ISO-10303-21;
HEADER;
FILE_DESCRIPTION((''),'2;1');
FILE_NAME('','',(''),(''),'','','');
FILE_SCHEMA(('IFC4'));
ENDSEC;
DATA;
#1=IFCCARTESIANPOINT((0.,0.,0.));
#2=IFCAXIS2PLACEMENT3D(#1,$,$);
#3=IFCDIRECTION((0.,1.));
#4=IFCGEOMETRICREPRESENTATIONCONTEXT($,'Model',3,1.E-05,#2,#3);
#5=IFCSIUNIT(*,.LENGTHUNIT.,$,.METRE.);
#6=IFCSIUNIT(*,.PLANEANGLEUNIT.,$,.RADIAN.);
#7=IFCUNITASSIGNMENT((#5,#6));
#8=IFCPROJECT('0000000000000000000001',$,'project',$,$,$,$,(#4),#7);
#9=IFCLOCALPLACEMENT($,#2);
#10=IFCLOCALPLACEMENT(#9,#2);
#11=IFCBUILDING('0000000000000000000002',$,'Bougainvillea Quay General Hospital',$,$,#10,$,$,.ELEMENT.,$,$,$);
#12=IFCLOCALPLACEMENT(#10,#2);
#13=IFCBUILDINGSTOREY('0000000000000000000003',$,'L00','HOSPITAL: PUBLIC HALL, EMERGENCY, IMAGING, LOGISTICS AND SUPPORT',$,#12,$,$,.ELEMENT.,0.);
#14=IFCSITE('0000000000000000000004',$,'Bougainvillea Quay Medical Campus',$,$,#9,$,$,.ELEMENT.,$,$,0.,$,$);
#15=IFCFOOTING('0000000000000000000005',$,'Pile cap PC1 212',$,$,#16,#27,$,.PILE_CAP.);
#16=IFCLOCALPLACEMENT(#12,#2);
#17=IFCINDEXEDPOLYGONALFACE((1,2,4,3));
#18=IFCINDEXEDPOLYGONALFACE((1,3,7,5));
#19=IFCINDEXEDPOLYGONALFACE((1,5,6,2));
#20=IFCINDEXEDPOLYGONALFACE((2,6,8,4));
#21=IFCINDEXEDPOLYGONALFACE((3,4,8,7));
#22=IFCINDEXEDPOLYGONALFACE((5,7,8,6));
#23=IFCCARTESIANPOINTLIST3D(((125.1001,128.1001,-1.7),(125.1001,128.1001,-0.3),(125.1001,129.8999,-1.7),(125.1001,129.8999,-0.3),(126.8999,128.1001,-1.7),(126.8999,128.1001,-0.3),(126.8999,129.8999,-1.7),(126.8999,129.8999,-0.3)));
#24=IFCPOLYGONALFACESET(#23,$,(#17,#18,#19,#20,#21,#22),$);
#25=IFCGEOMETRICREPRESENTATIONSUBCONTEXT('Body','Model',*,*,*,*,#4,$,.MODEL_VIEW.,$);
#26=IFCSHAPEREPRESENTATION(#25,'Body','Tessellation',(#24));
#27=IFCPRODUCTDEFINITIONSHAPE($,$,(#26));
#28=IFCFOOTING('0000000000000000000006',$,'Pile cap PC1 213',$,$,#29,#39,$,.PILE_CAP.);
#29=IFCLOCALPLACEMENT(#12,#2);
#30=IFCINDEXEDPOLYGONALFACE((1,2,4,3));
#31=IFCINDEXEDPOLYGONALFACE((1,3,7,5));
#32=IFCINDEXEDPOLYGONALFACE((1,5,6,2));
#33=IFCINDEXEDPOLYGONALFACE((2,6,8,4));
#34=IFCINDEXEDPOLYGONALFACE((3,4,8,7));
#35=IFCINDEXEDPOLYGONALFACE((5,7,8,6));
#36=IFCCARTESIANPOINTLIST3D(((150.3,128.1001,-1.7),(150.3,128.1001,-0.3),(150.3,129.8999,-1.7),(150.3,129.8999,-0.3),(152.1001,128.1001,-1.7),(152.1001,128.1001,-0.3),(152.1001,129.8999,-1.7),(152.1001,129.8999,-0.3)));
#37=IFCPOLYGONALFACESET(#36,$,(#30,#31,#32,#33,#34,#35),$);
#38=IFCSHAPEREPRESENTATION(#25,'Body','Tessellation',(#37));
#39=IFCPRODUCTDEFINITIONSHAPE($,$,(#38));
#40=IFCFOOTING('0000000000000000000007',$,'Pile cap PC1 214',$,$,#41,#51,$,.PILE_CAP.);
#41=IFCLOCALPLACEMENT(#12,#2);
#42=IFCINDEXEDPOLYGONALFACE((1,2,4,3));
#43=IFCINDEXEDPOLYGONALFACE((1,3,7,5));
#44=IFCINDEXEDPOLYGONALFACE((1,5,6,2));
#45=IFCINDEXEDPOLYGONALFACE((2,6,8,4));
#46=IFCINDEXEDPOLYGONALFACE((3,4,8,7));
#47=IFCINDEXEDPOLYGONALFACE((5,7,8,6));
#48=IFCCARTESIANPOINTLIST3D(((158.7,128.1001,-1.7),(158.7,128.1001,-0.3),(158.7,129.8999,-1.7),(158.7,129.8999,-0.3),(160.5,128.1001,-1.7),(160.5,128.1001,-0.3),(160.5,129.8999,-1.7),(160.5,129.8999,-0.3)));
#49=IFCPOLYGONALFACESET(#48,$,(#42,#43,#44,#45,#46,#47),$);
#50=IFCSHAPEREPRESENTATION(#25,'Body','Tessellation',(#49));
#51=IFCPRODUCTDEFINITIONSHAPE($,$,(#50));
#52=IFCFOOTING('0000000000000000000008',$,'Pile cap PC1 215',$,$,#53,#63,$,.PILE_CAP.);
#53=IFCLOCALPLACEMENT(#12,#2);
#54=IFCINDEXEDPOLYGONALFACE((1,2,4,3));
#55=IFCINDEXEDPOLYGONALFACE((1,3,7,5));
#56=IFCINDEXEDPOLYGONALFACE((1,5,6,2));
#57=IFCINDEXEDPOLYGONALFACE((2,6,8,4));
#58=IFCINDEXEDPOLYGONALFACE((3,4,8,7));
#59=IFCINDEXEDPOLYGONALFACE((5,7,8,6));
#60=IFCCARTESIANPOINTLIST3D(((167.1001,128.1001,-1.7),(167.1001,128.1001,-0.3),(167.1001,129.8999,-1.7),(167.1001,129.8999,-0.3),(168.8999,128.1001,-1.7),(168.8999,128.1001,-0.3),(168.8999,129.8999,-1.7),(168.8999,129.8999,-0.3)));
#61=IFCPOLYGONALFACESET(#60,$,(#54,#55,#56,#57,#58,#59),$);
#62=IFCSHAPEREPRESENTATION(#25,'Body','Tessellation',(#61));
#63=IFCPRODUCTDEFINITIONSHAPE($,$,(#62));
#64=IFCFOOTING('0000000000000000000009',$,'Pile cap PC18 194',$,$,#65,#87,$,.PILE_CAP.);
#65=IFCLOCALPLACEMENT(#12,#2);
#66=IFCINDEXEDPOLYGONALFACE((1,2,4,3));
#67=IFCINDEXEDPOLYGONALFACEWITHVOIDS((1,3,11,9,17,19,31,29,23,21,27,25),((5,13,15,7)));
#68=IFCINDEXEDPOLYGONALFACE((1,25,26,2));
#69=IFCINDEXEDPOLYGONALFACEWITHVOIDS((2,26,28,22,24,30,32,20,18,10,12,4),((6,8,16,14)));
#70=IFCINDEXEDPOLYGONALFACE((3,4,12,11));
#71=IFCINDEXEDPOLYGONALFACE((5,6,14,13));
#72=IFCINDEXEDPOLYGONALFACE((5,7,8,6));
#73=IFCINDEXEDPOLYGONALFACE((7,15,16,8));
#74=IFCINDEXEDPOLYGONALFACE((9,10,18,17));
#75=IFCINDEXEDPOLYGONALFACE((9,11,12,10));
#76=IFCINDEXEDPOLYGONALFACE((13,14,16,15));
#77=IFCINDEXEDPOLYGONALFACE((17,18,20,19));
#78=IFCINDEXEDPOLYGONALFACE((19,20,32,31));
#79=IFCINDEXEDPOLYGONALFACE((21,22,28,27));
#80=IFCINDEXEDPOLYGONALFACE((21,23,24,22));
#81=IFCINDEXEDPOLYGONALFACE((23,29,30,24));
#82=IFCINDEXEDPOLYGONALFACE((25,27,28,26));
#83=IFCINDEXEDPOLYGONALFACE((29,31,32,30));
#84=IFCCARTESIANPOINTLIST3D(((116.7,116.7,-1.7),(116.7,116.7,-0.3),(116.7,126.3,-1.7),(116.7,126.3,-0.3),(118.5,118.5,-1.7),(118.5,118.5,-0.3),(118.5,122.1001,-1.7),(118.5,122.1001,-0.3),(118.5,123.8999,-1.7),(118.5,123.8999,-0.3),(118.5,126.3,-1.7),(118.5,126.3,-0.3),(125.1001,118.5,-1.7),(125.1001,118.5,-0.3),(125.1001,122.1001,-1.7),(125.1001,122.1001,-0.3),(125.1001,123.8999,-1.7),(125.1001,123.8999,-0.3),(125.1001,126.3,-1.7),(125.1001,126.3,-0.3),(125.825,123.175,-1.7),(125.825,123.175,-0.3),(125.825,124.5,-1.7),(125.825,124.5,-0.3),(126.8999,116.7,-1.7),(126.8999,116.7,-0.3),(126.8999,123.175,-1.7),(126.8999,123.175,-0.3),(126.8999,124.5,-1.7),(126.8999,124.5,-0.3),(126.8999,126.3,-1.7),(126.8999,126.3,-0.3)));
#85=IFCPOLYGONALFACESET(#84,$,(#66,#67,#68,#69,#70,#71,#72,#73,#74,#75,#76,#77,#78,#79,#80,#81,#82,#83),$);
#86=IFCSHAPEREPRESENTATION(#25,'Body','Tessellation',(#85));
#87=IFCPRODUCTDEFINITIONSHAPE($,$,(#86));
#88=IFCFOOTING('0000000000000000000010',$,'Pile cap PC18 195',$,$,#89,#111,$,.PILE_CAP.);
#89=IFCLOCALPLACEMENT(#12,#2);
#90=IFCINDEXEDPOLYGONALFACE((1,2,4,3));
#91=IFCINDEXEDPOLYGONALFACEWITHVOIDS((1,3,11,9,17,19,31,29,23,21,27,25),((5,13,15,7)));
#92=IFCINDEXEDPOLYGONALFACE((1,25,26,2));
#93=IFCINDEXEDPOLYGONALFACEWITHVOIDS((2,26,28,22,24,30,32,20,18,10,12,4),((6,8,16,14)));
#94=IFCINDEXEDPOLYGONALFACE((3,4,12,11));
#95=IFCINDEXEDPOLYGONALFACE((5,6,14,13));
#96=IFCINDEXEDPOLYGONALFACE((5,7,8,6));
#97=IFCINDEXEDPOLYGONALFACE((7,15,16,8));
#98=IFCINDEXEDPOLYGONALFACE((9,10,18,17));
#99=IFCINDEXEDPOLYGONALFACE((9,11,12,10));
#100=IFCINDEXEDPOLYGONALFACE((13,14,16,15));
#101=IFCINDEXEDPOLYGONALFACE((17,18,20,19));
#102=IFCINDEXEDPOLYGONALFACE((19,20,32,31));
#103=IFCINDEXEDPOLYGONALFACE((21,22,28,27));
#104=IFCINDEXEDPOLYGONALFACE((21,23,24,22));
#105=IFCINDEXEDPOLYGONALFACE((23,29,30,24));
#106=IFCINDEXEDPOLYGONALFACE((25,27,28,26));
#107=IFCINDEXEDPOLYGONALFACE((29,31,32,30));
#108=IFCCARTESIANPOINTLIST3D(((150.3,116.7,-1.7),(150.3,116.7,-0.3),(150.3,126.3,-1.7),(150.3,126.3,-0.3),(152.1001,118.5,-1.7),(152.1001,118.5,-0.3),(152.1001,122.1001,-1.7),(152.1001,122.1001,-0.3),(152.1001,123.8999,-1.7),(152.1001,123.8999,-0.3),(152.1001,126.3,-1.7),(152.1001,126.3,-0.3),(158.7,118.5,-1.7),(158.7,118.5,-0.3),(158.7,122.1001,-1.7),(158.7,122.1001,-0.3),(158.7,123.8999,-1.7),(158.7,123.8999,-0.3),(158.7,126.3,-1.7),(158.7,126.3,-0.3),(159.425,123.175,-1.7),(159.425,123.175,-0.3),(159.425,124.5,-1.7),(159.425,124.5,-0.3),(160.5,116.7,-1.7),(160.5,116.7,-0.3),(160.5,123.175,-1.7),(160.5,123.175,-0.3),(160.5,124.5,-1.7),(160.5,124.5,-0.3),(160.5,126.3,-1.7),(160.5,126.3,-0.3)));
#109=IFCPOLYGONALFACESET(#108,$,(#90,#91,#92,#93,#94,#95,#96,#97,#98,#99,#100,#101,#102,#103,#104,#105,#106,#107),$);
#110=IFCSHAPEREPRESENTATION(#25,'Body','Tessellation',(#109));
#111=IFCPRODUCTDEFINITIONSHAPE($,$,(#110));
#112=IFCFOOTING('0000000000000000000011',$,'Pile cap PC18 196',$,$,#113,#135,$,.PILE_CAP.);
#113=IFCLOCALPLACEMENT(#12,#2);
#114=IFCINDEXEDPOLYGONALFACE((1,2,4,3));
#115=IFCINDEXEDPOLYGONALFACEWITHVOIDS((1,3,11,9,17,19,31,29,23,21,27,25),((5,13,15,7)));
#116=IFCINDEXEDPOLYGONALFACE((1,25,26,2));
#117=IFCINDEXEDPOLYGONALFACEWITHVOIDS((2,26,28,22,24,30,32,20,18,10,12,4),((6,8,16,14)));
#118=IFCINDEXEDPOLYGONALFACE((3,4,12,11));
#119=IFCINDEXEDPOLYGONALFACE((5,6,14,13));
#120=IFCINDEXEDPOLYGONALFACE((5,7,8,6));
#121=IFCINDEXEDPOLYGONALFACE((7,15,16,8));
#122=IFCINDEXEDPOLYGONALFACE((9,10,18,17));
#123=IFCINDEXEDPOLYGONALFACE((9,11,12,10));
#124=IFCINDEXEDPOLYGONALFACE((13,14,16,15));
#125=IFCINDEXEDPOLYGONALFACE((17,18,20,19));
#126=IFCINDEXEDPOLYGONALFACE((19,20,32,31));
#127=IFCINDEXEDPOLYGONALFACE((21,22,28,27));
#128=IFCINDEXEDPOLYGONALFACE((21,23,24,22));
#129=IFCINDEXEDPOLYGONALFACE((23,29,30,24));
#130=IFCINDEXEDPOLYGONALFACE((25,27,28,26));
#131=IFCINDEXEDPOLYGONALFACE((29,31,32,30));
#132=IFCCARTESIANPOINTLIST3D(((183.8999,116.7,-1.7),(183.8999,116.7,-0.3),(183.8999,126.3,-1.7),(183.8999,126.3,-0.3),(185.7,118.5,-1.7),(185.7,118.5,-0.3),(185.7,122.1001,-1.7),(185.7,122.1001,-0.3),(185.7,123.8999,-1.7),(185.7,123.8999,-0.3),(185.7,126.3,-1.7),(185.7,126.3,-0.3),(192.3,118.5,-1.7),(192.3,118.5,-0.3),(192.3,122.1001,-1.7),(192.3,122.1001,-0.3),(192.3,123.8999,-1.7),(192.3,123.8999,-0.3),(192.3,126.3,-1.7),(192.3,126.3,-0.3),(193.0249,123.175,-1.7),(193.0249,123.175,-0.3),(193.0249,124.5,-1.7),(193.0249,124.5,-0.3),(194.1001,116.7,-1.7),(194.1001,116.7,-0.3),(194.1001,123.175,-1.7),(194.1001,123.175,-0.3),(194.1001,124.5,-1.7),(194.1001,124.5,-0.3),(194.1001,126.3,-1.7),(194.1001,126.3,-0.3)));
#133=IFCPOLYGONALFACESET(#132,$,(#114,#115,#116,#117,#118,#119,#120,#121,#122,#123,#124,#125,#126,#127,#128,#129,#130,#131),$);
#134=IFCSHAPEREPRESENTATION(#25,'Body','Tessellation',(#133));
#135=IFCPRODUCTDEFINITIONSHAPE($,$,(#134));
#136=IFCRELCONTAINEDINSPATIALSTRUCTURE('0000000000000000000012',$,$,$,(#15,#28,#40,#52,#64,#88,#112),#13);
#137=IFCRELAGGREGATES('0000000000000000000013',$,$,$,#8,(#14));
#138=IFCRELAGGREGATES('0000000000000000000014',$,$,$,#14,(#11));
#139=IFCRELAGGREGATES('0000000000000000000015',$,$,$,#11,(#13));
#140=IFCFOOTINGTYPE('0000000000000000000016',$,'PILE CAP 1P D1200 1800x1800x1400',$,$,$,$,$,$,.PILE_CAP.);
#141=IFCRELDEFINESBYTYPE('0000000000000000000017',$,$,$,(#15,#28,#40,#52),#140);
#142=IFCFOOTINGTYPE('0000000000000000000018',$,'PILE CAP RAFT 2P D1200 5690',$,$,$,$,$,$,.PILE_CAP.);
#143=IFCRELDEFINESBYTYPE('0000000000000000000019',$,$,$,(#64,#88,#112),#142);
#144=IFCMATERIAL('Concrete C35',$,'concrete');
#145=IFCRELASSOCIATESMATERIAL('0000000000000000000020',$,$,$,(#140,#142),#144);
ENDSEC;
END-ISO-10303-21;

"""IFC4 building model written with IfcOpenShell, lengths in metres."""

from ifc_helpers import new_model, si_unit, direction, frame, origin, place, context, subcontext, project, spatial, polyline, outline, extrude, material, type_object, element, save


model = new_model("IFC4")

# Units and contexts
model_context = context("Model", 3, precision=1e-05, world=origin(), true_north=direction((0.0, 1.0)))
body_context = subcontext(model_context, "Body", "Model", "MODEL_VIEW")
ifc_project = project(units=[si_unit("LENGTHUNIT", "METRE"), si_unit("PLANEANGLEUNIT", "RADIAN")], contexts=[model_context])

# Site, building, storey
site_placement = place(None, origin())
site = spatial("IfcSite", under=ifc_project, at=site_placement, Name="Bougainvillea Quay Medical Campus", CompositionType="ELEMENT", RefElevation=0.0)
building_placement = place(site_placement, origin())
building = spatial("IfcBuilding", under=site, at=building_placement, Name="Bougainvillea Quay General Hospital", CompositionType="ELEMENT")
storey_placement = place(building_placement, origin())
storey = spatial("IfcBuildingStorey", under=building, at=storey_placement, Name="L00", Description="HOSPITAL: PUBLIC HALL, EMERGENCY, IMAGING, LOGISTICS AND SUPPORT", CompositionType="ELEMENT", Elevation=0.0)

# Footings
ifc_material = material(Name="Concrete C35", Category="concrete")
footing_type_1 = type_object("IfcFootingType", Name="PILE CAP 1P D1200 1800x1800x1400", PredefinedType="PILE_CAP", material=ifc_material)
footing_1_placement = place(storey_placement, frame((0.0, 0.0, -1.7)))
element("IfcFooting", 1, at=footing_1_placement, inside=storey, type_object=footing_type_1, Name="Pile cap PC1 212", PredefinedType="PILE_CAP", context=body_context, shape_type="SweptSolid", body=[
    extrude(outline(polyline([(125.1001, 128.1001), (126.8999, 128.1001), (126.8999, 129.8999), (125.1001, 129.8999), (125.1001, 128.1001)])), origin(), (0.0, 0.0, 1.0), 1.3999),
])
footing_2_placement = place(storey_placement, frame((0.0, 0.0, -1.7)))
element("IfcFooting", 2, at=footing_2_placement, inside=storey, type_object=footing_type_1, Name="Pile cap PC1 213", PredefinedType="PILE_CAP", context=body_context, shape_type="SweptSolid", body=[
    extrude(outline(polyline([(150.3, 128.1001), (152.1001, 128.1001), (152.1001, 129.8999), (150.3, 129.8999), (150.3, 128.1001)])), origin(), (0.0, 0.0, 1.0), 1.3999),
])
footing_3_placement = place(storey_placement, frame((0.0, 0.0, -1.7)))
element("IfcFooting", 3, at=footing_3_placement, inside=storey, type_object=footing_type_1, Name="Pile cap PC1 214", PredefinedType="PILE_CAP", context=body_context, shape_type="SweptSolid", body=[
    extrude(outline(polyline([(158.7, 128.1001), (160.5, 128.1001), (160.5, 129.8999), (158.7, 129.8999), (158.7, 128.1001)])), origin(), (0.0, 0.0, 1.0), 1.3999),
])
footing_4_placement = place(storey_placement, frame((0.0, 0.0, -1.7)))
element("IfcFooting", 4, at=footing_4_placement, inside=storey, type_object=footing_type_1, Name="Pile cap PC1 215", PredefinedType="PILE_CAP", context=body_context, shape_type="SweptSolid", body=[
    extrude(outline(polyline([(167.1001, 128.1001), (168.8999, 128.1001), (168.8999, 129.8999), (167.1001, 129.8999), (167.1001, 128.1001)])), origin(), (0.0, 0.0, 1.0), 1.3999),
])
footing_type_2 = type_object("IfcFootingType", Name="PILE CAP RAFT 2P D1200 5690", PredefinedType="PILE_CAP", material=ifc_material)
footing_5_placement = place(storey_placement, frame((0.0, 0.0, -1.7)))
element("IfcFooting", 5, at=footing_5_placement, inside=storey, type_object=footing_type_2, Name="Pile cap PC18 194", PredefinedType="PILE_CAP", context=body_context, shape_type="SweptSolid", body=[
    extrude(outline(polyline([(126.8999, 116.7), (116.7, 116.7), (116.7, 126.3), (118.5, 126.3), (118.5, 123.8999), (125.1001, 123.8999), (125.1001, 126.3), (126.8999, 126.3), (126.8999, 124.5), (125.825, 124.5), (125.825, 123.175), (126.8999, 123.175), (126.8999, 116.7)]), holes=[polyline([(125.1001, 122.1001), (118.5, 122.1001), (118.5, 118.5), (125.1001, 118.5), (125.1001, 122.1001)])]), origin(), (0.0, 0.0, 1.0), 1.3999),
])
footing_6_placement = place(storey_placement, frame((0.0, 0.0, -1.7)))
element("IfcFooting", 6, at=footing_6_placement, inside=storey, type_object=footing_type_2, Name="Pile cap PC18 195", PredefinedType="PILE_CAP", context=body_context, shape_type="SweptSolid", body=[
    extrude(outline(polyline([(160.5, 116.7), (150.3, 116.7), (150.3, 126.3), (152.1001, 126.3), (152.1001, 123.8999), (158.7, 123.8999), (158.7, 126.3), (160.5, 126.3), (160.5, 124.5), (159.425, 124.5), (159.425, 123.175), (160.5, 123.175), (160.5, 116.7)]), holes=[polyline([(158.7, 122.1001), (152.1001, 122.1001), (152.1001, 118.5), (158.7, 118.5), (158.7, 122.1001)])]), origin(), (0.0, 0.0, 1.0), 1.3999),
])
footing_7_placement = place(storey_placement, frame((0.0, 0.0, -1.7)))
element("IfcFooting", 7, at=footing_7_placement, inside=storey, type_object=footing_type_2, Name="Pile cap PC18 196", PredefinedType="PILE_CAP", context=body_context, shape_type="SweptSolid", body=[
    extrude(outline(polyline([(194.1001, 116.7), (183.8999, 116.7), (183.8999, 126.3), (185.7, 126.3), (185.7, 123.8999), (192.3, 123.8999), (192.3, 126.3), (194.1001, 126.3), (194.1001, 124.5), (193.0249, 124.5), (193.0249, 123.175), (194.1001, 123.175), (194.1001, 116.7)]), holes=[polyline([(192.3, 122.1001), (185.7, 122.1001), (185.7, 118.5), (192.3, 118.5), (192.3, 122.1001)])]), origin(), (0.0, 0.0, 1.0), 1.3999),
])

save(model, "model.ifc")
